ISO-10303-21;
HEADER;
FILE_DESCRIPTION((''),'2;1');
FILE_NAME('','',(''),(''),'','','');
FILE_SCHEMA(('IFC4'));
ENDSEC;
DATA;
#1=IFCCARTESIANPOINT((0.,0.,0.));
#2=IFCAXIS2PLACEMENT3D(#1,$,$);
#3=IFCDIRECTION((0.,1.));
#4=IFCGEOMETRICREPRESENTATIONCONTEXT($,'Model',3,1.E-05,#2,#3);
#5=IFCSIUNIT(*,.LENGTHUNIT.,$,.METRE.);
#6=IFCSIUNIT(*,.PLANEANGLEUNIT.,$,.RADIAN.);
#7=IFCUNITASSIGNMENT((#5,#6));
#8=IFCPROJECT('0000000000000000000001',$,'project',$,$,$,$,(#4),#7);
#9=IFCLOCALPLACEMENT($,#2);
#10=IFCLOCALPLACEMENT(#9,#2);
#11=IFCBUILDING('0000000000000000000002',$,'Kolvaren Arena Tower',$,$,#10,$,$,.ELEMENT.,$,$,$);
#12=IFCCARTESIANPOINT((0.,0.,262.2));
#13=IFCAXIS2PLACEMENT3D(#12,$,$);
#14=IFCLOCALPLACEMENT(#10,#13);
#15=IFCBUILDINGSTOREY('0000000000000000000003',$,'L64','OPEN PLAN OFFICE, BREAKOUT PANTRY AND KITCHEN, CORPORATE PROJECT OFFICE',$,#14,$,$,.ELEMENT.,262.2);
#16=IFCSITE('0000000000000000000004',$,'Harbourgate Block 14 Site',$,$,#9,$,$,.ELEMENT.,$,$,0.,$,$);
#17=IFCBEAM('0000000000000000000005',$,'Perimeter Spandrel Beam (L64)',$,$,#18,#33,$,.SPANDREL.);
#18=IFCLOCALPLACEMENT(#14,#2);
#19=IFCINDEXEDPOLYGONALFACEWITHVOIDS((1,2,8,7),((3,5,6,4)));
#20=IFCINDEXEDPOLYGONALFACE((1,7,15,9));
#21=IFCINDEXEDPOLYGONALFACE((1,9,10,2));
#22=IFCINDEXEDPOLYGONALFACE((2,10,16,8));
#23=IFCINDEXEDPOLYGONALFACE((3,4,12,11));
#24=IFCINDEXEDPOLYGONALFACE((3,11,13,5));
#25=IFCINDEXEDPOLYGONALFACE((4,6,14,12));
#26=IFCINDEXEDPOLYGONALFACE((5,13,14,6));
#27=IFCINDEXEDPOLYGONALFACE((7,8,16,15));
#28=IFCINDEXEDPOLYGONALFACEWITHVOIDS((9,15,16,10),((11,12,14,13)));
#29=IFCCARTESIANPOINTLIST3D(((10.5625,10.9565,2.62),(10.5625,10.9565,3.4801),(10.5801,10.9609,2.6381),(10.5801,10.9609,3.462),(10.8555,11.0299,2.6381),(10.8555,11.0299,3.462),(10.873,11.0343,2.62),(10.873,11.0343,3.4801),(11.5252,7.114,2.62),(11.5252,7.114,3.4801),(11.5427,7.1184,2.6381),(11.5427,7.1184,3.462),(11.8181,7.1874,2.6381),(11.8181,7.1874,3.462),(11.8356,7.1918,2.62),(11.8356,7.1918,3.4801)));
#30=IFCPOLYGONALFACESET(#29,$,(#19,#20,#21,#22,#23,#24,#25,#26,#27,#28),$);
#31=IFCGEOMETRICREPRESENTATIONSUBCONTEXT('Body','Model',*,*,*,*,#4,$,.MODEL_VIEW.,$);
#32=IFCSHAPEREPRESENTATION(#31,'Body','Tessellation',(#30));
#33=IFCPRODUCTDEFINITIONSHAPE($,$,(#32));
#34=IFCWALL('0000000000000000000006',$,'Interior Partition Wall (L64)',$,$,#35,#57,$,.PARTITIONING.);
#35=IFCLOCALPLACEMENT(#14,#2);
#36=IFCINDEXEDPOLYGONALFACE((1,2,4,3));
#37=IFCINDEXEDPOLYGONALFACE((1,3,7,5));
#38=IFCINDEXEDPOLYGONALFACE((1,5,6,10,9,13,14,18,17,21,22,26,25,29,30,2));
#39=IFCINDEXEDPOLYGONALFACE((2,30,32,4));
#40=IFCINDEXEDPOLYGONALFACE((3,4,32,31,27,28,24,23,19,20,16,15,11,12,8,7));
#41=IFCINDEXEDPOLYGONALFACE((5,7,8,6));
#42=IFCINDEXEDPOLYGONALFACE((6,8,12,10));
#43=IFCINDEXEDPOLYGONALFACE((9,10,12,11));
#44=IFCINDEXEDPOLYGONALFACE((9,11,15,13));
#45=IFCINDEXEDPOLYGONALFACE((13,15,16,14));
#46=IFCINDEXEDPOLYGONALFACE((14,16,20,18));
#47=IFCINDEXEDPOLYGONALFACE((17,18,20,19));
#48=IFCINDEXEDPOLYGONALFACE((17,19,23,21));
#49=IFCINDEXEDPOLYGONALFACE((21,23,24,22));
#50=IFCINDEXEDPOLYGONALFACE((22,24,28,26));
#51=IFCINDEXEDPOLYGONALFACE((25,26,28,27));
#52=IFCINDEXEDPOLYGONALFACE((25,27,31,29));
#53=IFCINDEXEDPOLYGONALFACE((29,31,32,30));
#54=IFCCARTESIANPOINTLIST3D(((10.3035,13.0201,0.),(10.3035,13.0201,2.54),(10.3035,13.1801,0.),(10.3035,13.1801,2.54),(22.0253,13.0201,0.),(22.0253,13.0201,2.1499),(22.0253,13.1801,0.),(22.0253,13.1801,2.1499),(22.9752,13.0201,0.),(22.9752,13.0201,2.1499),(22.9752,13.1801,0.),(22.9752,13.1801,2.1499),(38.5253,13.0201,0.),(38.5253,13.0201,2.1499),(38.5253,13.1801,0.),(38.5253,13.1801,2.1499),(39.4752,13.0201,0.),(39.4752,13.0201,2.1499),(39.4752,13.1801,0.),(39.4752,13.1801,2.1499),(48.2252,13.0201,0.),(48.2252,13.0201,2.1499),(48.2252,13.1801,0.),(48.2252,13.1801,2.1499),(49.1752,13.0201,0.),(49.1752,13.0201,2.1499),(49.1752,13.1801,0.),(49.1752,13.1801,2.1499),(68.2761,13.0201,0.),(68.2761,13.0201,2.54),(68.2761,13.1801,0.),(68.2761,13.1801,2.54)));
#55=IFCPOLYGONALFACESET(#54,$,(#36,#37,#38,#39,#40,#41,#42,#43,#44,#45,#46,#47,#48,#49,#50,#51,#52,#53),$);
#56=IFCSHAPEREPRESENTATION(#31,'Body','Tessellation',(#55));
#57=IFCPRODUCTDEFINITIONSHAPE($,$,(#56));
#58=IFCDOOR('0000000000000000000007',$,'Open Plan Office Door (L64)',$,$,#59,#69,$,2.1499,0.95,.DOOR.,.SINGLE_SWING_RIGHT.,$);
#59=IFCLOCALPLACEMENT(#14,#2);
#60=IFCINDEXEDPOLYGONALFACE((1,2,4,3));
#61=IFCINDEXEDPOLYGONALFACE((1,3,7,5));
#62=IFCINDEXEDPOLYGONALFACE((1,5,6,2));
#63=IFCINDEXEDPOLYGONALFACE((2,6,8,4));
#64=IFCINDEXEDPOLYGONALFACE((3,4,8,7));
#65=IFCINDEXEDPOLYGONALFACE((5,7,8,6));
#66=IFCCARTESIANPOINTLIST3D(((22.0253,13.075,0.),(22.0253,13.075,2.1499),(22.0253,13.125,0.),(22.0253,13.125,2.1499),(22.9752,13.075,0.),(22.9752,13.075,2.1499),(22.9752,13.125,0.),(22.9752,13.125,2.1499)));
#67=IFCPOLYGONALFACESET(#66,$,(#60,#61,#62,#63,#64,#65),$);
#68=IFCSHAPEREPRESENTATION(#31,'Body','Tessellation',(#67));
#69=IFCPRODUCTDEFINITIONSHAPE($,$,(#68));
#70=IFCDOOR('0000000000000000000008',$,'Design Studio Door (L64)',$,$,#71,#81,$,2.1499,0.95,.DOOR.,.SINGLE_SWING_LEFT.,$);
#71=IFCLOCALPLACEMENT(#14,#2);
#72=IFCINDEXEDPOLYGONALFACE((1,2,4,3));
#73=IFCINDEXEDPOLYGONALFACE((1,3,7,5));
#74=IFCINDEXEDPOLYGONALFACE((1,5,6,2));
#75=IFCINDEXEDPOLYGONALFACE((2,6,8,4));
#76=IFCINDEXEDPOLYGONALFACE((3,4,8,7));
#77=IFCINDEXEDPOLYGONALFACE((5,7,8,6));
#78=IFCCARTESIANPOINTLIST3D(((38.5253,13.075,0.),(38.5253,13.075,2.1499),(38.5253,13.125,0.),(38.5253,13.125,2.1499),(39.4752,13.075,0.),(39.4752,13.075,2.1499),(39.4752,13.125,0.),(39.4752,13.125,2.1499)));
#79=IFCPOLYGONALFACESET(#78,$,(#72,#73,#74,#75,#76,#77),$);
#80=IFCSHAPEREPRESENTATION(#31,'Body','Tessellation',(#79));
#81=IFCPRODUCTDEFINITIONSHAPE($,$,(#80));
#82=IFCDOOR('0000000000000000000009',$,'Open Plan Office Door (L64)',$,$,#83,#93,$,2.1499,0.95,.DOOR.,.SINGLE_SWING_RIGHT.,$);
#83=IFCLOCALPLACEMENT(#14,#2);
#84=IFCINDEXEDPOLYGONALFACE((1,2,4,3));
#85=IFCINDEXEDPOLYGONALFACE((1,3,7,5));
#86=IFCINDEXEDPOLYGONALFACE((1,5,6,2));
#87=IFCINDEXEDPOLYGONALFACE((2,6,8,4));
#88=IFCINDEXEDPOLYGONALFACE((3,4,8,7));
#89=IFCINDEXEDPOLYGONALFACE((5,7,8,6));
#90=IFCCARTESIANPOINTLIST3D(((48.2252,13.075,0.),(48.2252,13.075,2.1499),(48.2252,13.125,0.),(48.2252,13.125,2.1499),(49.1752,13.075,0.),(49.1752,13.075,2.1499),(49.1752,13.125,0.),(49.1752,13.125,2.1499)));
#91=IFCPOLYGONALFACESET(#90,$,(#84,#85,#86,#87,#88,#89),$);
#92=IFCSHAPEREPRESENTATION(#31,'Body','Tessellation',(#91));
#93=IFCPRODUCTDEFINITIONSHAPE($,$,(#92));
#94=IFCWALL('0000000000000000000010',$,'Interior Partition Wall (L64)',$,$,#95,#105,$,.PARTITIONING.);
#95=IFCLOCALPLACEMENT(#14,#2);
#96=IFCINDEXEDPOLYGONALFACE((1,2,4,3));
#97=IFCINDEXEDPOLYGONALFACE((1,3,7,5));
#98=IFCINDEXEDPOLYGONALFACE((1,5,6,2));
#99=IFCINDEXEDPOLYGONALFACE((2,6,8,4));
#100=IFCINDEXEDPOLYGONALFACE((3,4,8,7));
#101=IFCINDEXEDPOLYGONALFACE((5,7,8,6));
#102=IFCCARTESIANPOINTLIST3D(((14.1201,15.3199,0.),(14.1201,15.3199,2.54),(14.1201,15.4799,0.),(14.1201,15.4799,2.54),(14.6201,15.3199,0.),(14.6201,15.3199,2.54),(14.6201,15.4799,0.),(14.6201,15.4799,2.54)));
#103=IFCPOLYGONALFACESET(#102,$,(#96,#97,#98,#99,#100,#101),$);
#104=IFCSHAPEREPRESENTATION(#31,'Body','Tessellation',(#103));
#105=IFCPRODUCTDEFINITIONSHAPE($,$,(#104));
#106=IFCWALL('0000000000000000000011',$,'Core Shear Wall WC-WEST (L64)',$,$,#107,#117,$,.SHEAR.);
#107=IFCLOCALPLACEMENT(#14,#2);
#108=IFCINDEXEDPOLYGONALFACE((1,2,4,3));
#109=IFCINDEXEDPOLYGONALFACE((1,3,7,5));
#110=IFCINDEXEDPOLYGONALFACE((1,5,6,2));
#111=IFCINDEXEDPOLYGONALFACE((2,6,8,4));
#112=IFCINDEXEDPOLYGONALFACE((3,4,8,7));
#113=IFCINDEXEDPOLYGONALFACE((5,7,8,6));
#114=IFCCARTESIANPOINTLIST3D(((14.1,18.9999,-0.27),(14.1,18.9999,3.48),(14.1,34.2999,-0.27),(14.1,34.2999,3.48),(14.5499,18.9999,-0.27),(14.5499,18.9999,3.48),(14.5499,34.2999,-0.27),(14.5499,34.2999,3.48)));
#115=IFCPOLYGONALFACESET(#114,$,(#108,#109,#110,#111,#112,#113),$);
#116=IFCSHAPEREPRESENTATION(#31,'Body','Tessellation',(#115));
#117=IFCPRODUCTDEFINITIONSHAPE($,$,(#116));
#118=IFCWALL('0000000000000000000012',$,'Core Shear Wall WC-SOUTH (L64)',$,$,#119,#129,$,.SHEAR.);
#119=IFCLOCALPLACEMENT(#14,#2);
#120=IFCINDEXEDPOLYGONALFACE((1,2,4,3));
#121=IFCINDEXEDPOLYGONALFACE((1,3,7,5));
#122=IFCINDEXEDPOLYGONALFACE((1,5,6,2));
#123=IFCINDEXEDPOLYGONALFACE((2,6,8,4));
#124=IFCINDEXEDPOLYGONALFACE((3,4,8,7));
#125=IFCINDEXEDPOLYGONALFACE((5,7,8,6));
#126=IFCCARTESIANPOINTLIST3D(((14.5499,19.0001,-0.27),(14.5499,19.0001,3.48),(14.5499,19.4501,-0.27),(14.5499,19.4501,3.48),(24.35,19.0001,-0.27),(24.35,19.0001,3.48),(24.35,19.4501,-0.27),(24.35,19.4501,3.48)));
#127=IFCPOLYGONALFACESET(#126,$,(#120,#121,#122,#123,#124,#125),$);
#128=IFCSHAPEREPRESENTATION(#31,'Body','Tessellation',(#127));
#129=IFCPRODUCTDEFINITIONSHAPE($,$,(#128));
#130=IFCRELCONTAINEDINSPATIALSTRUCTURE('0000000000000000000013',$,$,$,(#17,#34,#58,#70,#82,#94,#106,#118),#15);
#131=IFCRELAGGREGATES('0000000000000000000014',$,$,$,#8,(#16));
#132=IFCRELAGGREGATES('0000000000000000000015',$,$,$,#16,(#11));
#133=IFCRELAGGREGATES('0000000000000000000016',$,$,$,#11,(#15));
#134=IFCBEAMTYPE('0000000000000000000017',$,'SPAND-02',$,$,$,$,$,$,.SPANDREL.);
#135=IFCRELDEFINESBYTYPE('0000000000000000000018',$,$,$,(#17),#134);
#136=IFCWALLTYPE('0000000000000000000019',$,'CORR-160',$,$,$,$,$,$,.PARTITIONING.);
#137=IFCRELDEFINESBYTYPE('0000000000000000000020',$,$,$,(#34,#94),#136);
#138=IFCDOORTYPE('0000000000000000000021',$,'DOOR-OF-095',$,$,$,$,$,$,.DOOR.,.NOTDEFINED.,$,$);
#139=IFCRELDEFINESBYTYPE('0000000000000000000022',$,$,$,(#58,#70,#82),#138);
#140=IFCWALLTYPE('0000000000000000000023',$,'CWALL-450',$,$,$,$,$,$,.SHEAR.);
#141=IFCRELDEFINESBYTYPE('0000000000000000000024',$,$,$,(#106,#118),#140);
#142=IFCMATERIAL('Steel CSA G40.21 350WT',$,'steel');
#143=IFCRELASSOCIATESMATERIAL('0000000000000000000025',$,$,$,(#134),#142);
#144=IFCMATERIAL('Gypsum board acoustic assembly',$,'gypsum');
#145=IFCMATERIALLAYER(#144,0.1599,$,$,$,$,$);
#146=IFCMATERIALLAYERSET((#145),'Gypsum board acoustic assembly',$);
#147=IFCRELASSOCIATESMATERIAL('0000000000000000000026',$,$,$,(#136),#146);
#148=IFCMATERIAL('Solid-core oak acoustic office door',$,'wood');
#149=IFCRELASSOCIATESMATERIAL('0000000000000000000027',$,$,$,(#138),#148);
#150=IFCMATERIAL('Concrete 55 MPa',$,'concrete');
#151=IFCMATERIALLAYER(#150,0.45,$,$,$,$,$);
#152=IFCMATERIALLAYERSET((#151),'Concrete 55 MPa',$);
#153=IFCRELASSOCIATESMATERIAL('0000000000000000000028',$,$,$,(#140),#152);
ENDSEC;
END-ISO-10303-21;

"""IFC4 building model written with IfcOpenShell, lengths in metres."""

from ifc_helpers import new_model, si_unit, direction, frame, frame_2d, origin, origin_2d, place, context, subcontext, project, spatial, rectangle, hollow_rectangle, extrude, material, layer, layer_set, material_profile, profile_set, type_object, element, fill, save


model = new_model("IFC4")

# Units and contexts
model_context = context("Model", 3, precision=1e-05, world=origin(), true_north=direction((0.0, 1.0)))
body_context = subcontext(model_context, "Body", "Model", "MODEL_VIEW")
ifc_project = project(units=[si_unit("LENGTHUNIT", "METRE"), si_unit("PLANEANGLEUNIT", "RADIAN")], contexts=[model_context])

# Site, building, storey
site_placement = place(None, origin())
site = spatial("IfcSite", under=ifc_project, at=site_placement, Name="Harbourgate Block 14 Site", CompositionType="ELEMENT", RefElevation=0.0)
building_placement = place(site_placement, origin())
building = spatial("IfcBuilding", under=site, at=building_placement, Name="Kolvaren Arena Tower", CompositionType="ELEMENT")
storey_placement = place(building_placement, frame((0.0, 0.0, 262.2)))
storey = spatial("IfcBuildingStorey", under=building, at=storey_placement, Name="L64", Description="OPEN PLAN OFFICE, BREAKOUT PANTRY AND KITCHEN, CORPORATE PROJECT OFFICE", CompositionType="ELEMENT", Elevation=262.2)

# Beam
ifc_material_1 = material(Name="Steel CSA G40.21 350WT", Category="steel")
ifc_material_profile_1 = material_profile(ifc_material_1, hollow_rectangle(XDim=0.3201, YDim=0.8601, WallThickness=0.0181, at=origin_2d()), Name="HSS 860x320x18")
ifc_profile_set_1 = profile_set([ifc_material_profile_1], Name="Steel CSA G40.21 350WT")
beam_type_1 = type_object("IfcBeamType", Name="SPAND-02", PredefinedType="SPANDREL", material=ifc_profile_set_1)
beam_1_placement = place(storey_placement, frame((10.7178, 10.9954, 3.05), z_axis=(0.243014, -0.970023, 0.0), x_axis=(0.970023, 0.243014, 0.0)))
element("IfcBeam", 1, at=beam_1_placement, inside=storey, type_object=beam_type_1, Name="Perimeter Spandrel Beam (L64)", PredefinedType="SPANDREL", context=body_context, shape_type="SweptSolid", body=[
    extrude(hollow_rectangle(XDim=0.3201, YDim=0.8601, WallThickness=0.0181, at=origin_2d()), origin(), (0.0, 0.0, 1.0), 3.9612),
])

# Wall, openings, doors
ifc_material_2 = material(Name="Gypsum board acoustic assembly", Category="gypsum")
ifc_layer_1 = layer(ifc_material_2, 0.1599)
ifc_layer_set_1 = layer_set([ifc_layer_1], Name="Gypsum board acoustic assembly")
wall_type_1 = type_object("IfcWallType", Name="CORR-160", PredefinedType="PARTITIONING", material=ifc_layer_set_1)
wall_1_placement = place(storey_placement, frame((10.3035, 13.1001, 0.0), z_axis=(0.0, 0.0, 1.0), x_axis=(1.0, 0.0, 0.0)))
wall_1 = element("IfcWall", 2, at=wall_1_placement, inside=storey, type_object=wall_type_1, Name="Interior Partition Wall (L64)", PredefinedType="PARTITIONING", context=body_context, shape_type="SweptSolid", body=[
    extrude(rectangle(XDim=57.9727, YDim=0.1599, at=frame_2d((28.9863, 0.0))), origin(), (0.0, 0.0, 1.0), 2.54),
])
opening_1_placement = place(wall_1_placement, frame((11.7217, 0.0, 0.0)))
opening_1 = element("IfcOpeningElement", 3, at=opening_1_placement, cuts=wall_1, PredefinedType="OPENING", context=body_context, shape_type="SweptSolid", body=[
    extrude(rectangle(XDim=0.95, YDim=2.1499, at=frame_2d((0.4751, 1.075))), frame((0.0, 0.0898, 0.0), z_axis=(0.0, -1.0, 0.0), x_axis=(1.0, 0.0, 0.0)), (0.0, 0.0, 1.0), 0.1799),
])
opening_2_placement = place(wall_1_placement, frame((28.2217, 0.0, 0.0)))
opening_2 = element("IfcOpeningElement", 4, at=opening_2_placement, cuts=wall_1, PredefinedType="OPENING", context=body_context, shape_type="SweptSolid", body=[
    extrude(rectangle(XDim=0.95, YDim=2.1499, at=frame_2d((0.4751, 1.075))), frame((0.0, 0.0898, 0.0), z_axis=(0.0, -1.0, 0.0), x_axis=(1.0, 0.0, 0.0)), (0.0, 0.0, 1.0), 0.1799),
])
opening_3_placement = place(wall_1_placement, frame((37.9216, 0.0, 0.0)))
opening_3 = element("IfcOpeningElement", 5, at=opening_3_placement, cuts=wall_1, PredefinedType="OPENING", context=body_context, shape_type="SweptSolid", body=[
    extrude(rectangle(XDim=0.95, YDim=2.1499, at=frame_2d((0.4751, 1.075))), frame((0.0, 0.0898, 0.0), z_axis=(0.0, -1.0, 0.0), x_axis=(1.0, 0.0, 0.0)), (0.0, 0.0, 1.0), 0.1799),
])
ifc_material_3 = material(Name="Solid-core oak acoustic office door", Category="wood")
door_type_1 = type_object("IfcDoorType", Name="DOOR-OF-095", OperationType="NOTDEFINED", PredefinedType="DOOR", material=ifc_material_3)
door_1_placement = place(opening_1_placement, origin())
door_1 = element("IfcDoor", 6, at=door_1_placement, inside=storey, type_object=door_type_1, Name="Open Plan Office Door (L64)", OperationType="SINGLE_SWING_RIGHT", OverallHeight=2.1499, OverallWidth=0.95, PredefinedType="DOOR", context=body_context, shape_type="SweptSolid", body=[
    extrude(rectangle(XDim=0.95, YDim=2.1499, at=frame_2d((0.4751, 1.075))), frame((0.0, 0.0249, 0.0), z_axis=(0.0, -1.0, 0.0), x_axis=(1.0, 0.0, 0.0)), (0.0, 0.0, 1.0), 0.05),
])
fill(opening_1, door_1)
door_2_placement = place(opening_2_placement, origin())
door_2 = element("IfcDoor", 7, at=door_2_placement, inside=storey, type_object=door_type_1, Name="Design Studio Door (L64)", OperationType="SINGLE_SWING_LEFT", OverallHeight=2.1499, OverallWidth=0.95, PredefinedType="DOOR", context=body_context, shape_type="SweptSolid", body=[
    extrude(rectangle(XDim=0.95, YDim=2.1499, at=frame_2d((0.4751, 1.075))), frame((0.0, 0.0249, 0.0), z_axis=(0.0, -1.0, 0.0), x_axis=(1.0, 0.0, 0.0)), (0.0, 0.0, 1.0), 0.05),
])
fill(opening_2, door_2)
door_3_placement = place(opening_3_placement, origin())
door_3 = element("IfcDoor", 8, at=door_3_placement, inside=storey, type_object=door_type_1, Name="Open Plan Office Door (L64)", OperationType="SINGLE_SWING_RIGHT", OverallHeight=2.1499, OverallWidth=0.95, PredefinedType="DOOR", context=body_context, shape_type="SweptSolid", body=[
    extrude(rectangle(XDim=0.95, YDim=2.1499, at=frame_2d((0.4751, 1.075))), frame((0.0, 0.0249, 0.0), z_axis=(0.0, -1.0, 0.0), x_axis=(1.0, 0.0, 0.0)), (0.0, 0.0, 1.0), 0.05),
])
fill(opening_3, door_3)

# Walls
wall_2_placement = place(storey_placement, frame((14.1201, 15.3999, 0.0), z_axis=(0.0, 0.0, 1.0), x_axis=(1.0, 0.0, 0.0)))
element("IfcWall", 9, at=wall_2_placement, inside=storey, type_object=wall_type_1, Name="Interior Partition Wall (L64)", PredefinedType="PARTITIONING", context=body_context, shape_type="SweptSolid", body=[
    extrude(rectangle(XDim=0.5, YDim=0.1599, at=frame_2d((0.25, 0.0))), origin(), (0.0, 0.0, 1.0), 2.54),
])
ifc_material_4 = material(Name="Concrete 55 MPa", Category="concrete")
ifc_layer_2 = layer(ifc_material_4, 0.45)
ifc_layer_set_2 = layer_set([ifc_layer_2], Name="Concrete 55 MPa")
wall_type_2 = type_object("IfcWallType", Name="CWALL-450", PredefinedType="SHEAR", material=ifc_layer_set_2)
wall_3_placement = place(storey_placement, frame((14.325, 19.0, -0.27), z_axis=(0.0, 0.0, 1.0), x_axis=(0.0, 1.0, 0.0)))
element("IfcWall", 10, at=wall_3_placement, inside=storey, type_object=wall_type_2, Name="Core Shear Wall WC-WEST (L64)", PredefinedType="SHEAR", context=body_context, shape_type="SweptSolid", body=[
    extrude(rectangle(XDim=15.3, YDim=0.45, at=frame_2d((7.6499, 0.0))), origin(), (0.0, 0.0, 1.0), 3.75),
])
wall_4_placement = place(storey_placement, frame((14.55, 19.2251, -0.27), z_axis=(0.0, 0.0, 1.0), x_axis=(1.0, 0.0, 0.0)))
element("IfcWall", 11, at=wall_4_placement, inside=storey, type_object=wall_type_2, Name="Core Shear Wall WC-SOUTH (L64)", PredefinedType="SHEAR", context=body_context, shape_type="SweptSolid", body=[
    extrude(rectangle(XDim=9.8, YDim=0.45, at=frame_2d((4.8999, 0.0))), origin(), (0.0, 0.0, 1.0), 3.75),
])

save(model, "model.ifc")
